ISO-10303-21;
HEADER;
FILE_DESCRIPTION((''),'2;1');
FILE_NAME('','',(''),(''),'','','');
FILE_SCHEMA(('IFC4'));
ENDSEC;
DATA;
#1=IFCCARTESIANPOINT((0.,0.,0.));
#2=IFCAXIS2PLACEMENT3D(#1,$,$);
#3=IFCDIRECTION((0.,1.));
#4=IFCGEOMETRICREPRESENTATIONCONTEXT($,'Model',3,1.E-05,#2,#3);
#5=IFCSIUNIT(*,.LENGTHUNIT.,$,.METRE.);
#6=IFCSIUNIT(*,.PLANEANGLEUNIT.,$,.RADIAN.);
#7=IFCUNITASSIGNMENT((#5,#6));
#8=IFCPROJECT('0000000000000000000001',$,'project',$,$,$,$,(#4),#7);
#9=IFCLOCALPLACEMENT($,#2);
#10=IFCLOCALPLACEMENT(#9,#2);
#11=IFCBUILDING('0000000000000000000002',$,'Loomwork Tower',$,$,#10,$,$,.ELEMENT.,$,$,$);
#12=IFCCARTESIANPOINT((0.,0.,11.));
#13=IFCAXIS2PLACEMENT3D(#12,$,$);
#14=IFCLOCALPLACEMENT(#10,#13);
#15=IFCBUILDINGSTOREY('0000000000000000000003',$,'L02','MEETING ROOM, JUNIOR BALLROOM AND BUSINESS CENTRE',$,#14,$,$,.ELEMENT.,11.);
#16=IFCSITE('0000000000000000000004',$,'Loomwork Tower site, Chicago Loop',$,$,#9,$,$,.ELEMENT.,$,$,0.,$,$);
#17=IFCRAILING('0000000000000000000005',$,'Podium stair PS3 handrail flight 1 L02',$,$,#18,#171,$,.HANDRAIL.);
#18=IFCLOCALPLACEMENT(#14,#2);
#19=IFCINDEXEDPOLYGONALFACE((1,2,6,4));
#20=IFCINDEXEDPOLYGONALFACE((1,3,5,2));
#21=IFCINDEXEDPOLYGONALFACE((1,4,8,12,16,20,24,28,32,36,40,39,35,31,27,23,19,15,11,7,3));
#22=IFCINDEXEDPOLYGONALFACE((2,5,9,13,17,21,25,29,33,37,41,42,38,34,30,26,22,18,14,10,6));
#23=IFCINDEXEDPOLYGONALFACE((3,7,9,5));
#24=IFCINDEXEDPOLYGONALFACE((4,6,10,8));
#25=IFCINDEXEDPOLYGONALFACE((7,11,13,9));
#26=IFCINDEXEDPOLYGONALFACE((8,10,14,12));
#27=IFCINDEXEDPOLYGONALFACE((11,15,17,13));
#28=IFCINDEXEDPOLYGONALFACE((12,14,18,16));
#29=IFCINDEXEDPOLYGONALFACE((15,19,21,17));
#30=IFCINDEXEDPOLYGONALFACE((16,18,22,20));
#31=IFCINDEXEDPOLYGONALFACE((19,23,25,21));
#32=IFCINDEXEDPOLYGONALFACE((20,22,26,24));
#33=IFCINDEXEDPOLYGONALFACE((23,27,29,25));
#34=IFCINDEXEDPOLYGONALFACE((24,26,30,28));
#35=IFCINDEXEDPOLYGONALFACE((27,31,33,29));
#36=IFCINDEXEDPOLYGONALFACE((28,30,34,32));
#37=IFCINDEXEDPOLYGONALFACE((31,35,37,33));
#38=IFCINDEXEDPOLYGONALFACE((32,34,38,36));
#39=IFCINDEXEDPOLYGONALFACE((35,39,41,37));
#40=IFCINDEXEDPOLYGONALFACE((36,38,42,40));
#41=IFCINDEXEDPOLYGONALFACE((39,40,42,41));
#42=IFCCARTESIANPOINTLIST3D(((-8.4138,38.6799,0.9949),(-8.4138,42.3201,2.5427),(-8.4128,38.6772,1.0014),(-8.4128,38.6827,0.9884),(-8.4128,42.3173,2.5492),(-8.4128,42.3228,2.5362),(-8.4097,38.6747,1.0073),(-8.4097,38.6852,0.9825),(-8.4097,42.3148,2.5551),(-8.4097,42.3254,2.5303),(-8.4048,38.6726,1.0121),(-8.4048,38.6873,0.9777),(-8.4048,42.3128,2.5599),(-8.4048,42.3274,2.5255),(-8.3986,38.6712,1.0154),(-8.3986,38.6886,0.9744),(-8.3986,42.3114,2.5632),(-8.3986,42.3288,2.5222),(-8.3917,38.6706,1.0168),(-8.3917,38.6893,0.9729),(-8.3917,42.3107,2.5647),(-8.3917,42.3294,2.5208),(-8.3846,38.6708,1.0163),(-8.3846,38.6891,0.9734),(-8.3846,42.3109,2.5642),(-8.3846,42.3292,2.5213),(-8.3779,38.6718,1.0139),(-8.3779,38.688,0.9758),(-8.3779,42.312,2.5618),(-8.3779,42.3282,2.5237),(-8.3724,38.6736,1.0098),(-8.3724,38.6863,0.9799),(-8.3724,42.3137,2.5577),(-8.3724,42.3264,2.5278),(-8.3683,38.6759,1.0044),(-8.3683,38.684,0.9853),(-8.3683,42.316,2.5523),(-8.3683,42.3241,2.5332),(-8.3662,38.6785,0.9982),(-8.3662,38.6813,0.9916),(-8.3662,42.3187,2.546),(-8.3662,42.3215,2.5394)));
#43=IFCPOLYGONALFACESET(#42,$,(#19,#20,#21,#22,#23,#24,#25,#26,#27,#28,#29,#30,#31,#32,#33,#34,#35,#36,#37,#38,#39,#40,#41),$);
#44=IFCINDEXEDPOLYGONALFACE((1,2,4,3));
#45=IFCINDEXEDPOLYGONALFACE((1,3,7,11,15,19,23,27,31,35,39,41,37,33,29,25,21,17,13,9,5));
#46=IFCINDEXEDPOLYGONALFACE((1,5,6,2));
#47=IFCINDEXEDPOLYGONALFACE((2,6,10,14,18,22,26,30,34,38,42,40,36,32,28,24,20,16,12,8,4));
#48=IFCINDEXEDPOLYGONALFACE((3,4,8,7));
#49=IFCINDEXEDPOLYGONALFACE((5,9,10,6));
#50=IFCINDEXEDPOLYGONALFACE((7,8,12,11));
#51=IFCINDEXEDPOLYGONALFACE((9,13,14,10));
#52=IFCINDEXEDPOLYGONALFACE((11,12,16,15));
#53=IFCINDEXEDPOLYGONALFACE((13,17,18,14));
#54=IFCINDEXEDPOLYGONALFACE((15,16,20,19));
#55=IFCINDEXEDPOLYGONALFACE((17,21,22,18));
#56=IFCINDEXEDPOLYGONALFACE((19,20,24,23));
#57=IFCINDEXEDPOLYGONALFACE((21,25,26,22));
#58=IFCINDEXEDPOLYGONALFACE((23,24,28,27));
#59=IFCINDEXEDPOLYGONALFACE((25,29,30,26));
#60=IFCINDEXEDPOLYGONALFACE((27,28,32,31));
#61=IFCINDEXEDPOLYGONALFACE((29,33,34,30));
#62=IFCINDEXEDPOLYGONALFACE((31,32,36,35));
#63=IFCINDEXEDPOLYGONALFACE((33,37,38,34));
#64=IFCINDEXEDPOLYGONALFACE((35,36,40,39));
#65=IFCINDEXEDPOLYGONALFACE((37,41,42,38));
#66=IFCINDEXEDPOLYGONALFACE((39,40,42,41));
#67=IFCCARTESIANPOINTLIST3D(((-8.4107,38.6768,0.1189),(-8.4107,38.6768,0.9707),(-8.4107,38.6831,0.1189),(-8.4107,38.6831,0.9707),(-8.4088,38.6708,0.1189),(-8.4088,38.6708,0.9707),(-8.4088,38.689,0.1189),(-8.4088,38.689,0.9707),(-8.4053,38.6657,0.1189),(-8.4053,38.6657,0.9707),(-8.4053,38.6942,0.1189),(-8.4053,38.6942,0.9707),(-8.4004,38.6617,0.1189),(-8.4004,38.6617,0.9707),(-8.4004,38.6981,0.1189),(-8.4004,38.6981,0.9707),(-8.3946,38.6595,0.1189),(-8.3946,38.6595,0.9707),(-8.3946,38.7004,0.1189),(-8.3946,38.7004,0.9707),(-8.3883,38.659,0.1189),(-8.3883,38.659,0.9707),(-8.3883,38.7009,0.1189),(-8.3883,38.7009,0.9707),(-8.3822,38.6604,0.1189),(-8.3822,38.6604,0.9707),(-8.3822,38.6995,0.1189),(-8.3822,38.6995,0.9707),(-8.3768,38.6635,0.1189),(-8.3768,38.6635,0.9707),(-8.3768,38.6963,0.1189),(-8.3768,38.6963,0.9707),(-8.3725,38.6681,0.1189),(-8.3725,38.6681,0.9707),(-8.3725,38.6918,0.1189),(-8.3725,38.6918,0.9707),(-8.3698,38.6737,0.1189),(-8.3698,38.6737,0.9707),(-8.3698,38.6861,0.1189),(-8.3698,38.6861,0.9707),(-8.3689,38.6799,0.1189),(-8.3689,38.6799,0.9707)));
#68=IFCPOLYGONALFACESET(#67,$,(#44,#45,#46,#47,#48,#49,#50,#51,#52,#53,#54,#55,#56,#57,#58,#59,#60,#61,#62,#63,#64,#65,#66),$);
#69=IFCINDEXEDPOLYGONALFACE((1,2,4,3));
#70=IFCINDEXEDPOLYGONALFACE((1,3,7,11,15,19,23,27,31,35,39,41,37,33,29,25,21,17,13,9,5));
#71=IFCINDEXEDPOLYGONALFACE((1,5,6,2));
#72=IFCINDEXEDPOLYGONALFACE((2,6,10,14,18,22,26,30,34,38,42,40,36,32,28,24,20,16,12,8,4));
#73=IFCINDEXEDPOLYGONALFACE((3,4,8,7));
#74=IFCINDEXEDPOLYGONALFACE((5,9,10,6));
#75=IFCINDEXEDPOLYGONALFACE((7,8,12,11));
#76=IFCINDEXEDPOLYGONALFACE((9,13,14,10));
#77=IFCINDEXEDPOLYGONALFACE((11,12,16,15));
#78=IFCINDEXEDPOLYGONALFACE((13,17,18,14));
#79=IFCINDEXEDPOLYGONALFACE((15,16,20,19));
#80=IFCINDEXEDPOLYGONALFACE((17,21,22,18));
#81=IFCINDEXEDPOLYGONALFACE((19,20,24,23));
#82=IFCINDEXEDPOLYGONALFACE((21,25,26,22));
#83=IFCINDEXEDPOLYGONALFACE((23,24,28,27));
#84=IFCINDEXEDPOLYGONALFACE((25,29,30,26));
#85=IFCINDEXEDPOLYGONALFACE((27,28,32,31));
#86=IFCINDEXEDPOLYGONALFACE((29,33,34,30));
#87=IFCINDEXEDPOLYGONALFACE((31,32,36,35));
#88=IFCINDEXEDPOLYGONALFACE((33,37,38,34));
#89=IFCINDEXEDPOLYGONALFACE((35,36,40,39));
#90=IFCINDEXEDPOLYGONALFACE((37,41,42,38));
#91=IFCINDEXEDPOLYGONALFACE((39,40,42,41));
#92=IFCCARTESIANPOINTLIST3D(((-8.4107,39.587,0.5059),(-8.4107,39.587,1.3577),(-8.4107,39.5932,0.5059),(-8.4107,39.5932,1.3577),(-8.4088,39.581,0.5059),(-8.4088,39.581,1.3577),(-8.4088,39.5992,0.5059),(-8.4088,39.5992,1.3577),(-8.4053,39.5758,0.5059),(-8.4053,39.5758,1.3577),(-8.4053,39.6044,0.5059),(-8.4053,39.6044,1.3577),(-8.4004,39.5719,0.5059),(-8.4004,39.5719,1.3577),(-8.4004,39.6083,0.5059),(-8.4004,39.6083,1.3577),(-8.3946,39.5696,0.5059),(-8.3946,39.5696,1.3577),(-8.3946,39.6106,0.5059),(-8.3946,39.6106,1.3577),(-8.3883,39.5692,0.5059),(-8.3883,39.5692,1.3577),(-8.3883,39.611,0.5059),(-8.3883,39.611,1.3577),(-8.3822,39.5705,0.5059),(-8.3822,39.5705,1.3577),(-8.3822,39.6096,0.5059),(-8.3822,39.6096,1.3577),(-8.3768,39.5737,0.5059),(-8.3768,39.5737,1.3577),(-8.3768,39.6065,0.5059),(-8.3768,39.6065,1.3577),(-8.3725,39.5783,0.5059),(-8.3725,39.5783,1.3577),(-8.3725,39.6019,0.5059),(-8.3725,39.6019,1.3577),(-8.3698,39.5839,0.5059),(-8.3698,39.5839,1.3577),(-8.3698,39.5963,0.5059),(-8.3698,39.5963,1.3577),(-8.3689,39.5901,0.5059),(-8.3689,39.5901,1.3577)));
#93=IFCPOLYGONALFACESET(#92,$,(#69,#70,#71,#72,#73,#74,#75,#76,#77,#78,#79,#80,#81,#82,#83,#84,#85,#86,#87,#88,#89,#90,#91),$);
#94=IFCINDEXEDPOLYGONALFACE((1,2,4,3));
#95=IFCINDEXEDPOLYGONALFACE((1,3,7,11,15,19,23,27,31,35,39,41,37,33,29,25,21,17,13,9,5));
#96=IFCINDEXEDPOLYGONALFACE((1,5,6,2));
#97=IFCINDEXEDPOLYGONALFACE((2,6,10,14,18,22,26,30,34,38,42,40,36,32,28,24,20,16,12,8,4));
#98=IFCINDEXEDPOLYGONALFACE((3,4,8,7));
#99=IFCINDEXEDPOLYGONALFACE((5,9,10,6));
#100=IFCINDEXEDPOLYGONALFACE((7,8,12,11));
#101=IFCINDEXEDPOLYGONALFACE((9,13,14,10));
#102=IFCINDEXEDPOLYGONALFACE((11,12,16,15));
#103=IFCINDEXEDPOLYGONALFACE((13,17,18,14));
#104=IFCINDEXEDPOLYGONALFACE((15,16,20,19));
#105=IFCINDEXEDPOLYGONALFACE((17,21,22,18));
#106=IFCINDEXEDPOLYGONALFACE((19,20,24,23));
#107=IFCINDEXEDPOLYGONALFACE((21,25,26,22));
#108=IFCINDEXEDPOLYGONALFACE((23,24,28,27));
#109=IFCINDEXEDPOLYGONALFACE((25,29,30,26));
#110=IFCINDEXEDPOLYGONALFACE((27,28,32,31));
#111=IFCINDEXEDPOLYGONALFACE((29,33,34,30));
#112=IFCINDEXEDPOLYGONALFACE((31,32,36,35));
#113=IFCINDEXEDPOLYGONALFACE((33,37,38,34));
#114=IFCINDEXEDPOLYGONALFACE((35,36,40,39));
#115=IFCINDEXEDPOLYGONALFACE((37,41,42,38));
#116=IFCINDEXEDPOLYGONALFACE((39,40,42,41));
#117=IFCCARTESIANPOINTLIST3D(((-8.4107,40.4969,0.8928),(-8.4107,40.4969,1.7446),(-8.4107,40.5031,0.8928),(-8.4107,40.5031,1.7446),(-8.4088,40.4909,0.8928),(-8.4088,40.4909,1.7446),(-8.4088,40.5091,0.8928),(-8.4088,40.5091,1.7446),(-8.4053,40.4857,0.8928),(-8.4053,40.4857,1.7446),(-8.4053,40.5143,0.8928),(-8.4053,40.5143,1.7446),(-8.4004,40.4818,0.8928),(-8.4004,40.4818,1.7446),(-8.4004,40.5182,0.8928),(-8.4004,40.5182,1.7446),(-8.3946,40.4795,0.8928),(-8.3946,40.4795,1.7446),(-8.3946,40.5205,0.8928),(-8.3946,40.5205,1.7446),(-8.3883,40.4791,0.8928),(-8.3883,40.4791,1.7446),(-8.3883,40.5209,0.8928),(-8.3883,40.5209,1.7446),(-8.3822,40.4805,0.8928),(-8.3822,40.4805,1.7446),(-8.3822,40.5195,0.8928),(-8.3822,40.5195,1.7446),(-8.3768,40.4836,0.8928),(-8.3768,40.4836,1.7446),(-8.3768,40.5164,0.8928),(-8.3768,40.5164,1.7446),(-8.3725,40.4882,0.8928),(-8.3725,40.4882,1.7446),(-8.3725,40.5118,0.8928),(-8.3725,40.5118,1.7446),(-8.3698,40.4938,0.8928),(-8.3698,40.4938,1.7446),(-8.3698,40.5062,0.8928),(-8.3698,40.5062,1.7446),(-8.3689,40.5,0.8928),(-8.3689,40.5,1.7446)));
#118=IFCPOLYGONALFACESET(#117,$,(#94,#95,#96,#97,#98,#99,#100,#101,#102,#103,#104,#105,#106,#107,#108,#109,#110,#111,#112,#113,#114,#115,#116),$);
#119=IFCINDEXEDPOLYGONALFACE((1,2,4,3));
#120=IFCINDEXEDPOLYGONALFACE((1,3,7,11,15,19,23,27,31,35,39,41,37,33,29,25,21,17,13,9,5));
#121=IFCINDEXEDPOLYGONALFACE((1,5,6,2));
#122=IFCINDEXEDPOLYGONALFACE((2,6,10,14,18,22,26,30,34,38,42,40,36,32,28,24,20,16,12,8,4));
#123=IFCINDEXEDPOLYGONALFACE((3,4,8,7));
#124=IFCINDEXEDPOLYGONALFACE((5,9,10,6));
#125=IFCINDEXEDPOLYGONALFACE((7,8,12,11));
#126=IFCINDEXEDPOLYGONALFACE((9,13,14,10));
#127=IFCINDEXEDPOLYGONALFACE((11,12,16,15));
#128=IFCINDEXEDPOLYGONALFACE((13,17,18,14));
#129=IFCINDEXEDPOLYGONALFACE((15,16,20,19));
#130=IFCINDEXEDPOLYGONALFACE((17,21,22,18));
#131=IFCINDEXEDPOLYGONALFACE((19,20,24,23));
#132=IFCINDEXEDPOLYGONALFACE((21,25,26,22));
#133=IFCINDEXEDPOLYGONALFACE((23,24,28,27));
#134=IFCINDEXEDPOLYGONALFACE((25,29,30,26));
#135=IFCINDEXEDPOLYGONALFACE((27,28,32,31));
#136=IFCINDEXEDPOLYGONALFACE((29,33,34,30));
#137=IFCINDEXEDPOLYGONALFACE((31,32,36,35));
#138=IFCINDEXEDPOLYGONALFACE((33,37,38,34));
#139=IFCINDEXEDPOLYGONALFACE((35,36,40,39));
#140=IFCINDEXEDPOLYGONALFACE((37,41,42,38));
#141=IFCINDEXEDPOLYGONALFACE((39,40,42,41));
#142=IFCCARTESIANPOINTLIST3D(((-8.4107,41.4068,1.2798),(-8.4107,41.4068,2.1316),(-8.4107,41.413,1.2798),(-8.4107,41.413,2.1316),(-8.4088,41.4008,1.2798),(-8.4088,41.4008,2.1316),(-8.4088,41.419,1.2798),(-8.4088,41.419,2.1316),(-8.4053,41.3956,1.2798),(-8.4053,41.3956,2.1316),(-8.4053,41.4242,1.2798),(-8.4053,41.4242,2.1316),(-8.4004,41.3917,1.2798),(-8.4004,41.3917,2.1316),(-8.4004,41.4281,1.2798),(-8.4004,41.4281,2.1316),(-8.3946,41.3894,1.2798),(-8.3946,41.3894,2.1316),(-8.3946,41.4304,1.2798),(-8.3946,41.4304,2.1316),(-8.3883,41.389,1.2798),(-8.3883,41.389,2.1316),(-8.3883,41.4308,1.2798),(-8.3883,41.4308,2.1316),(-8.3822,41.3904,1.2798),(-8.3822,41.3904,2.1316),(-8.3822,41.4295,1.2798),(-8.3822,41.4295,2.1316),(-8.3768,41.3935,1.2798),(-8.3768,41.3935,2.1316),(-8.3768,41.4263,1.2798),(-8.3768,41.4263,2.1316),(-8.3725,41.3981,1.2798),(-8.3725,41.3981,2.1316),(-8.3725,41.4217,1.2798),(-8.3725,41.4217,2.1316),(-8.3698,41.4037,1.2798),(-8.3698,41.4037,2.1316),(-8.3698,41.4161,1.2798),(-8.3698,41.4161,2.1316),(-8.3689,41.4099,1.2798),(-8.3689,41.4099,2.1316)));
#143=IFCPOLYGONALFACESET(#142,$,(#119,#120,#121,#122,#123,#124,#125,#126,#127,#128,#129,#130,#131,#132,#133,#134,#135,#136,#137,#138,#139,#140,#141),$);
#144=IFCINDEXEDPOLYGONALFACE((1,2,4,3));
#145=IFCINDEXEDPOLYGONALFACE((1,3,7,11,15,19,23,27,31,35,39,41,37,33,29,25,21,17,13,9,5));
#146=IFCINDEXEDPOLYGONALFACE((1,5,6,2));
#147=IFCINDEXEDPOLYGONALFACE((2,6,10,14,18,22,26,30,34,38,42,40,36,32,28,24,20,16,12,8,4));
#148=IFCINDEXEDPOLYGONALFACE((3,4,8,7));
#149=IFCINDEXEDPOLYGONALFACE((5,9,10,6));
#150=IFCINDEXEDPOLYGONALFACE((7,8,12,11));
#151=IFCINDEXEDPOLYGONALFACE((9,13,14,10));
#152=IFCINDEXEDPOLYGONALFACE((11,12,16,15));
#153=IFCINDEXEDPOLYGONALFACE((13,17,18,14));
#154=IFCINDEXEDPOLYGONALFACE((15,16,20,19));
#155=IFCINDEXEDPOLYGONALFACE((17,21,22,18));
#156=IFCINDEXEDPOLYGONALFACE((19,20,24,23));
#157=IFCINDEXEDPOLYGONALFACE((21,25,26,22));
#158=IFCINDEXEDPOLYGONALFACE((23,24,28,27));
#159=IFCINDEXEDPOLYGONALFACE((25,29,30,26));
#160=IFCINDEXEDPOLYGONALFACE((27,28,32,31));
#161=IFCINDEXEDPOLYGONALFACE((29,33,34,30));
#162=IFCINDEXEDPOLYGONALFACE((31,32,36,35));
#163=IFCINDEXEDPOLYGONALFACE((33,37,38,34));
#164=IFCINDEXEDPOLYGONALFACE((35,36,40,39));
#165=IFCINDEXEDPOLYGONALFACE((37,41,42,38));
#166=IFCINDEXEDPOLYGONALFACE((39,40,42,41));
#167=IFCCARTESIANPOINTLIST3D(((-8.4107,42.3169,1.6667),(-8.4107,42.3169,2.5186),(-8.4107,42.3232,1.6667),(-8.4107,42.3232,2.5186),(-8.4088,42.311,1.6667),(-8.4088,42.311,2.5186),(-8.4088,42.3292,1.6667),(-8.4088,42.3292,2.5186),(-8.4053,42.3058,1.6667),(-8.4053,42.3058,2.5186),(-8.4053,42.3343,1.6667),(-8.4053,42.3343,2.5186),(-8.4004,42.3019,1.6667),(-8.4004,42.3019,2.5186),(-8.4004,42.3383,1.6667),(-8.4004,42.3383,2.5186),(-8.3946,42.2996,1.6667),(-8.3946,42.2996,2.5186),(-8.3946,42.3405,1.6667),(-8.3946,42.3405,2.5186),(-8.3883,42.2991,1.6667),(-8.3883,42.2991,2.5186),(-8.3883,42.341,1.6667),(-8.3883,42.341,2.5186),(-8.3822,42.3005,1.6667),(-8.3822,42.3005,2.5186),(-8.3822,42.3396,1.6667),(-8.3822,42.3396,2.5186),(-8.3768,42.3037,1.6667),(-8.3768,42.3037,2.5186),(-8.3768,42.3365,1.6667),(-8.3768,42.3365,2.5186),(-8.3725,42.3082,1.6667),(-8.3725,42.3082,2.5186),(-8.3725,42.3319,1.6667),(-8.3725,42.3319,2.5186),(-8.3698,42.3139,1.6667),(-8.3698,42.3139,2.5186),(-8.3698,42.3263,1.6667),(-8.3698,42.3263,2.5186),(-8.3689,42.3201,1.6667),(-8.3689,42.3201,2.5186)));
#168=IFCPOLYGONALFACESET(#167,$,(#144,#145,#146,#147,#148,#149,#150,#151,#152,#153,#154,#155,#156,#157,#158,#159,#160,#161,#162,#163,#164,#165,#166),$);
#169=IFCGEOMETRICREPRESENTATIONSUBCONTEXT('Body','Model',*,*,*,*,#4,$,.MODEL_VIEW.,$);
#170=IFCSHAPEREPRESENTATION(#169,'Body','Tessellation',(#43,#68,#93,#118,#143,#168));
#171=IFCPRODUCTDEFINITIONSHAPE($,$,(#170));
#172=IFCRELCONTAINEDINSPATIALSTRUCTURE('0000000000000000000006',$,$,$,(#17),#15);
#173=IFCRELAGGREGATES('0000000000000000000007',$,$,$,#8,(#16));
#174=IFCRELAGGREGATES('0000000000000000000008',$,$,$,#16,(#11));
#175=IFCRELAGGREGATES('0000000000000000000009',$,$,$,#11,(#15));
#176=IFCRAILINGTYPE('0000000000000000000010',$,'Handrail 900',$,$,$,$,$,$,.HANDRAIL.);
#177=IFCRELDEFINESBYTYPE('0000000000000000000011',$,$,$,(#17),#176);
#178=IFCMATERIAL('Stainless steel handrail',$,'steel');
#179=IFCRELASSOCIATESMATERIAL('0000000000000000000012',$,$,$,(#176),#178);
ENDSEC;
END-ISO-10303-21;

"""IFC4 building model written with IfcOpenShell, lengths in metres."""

from ifc_helpers import new_model, si_unit, direction, frame, origin, origin_2d, place, context, subcontext, project, spatial, circle, extrude, material, type_object, element, save


model = new_model("IFC4")

# Units and contexts
model_context = context("Model", 3, precision=1e-05, world=origin(), true_north=direction((0.0, 1.0)))
body_context = subcontext(model_context, "Body", "Model", "MODEL_VIEW")
ifc_project = project(units=[si_unit("LENGTHUNIT", "METRE"), si_unit("PLANEANGLEUNIT", "RADIAN")], contexts=[model_context])

# Site, building, storey
site_placement = place(None, origin())
site = spatial("IfcSite", under=ifc_project, at=site_placement, Name="Loomwork Tower site, Chicago Loop", CompositionType="ELEMENT", RefElevation=0.0)
building_placement = place(site_placement, origin())
building = spatial("IfcBuilding", under=site, at=building_placement, Name="Loomwork Tower", CompositionType="ELEMENT")
storey_placement = place(building_placement, frame((0.0, 0.0, 11.0)))
storey = spatial("IfcBuildingStorey", under=building, at=storey_placement, Name="L02", Description="MEETING ROOM, JUNIOR BALLROOM AND BUSINESS CENTRE", CompositionType="ELEMENT", Elevation=11.0)

# Railing
ifc_material_1 = material(Name="Stainless steel handrail", Category="steel")
railing_type = type_object("IfcRailingType", Name="Handrail 900", PredefinedType="HANDRAIL", material=ifc_material_1)
railing_1_placement = place(storey_placement, frame((-8.3899, 38.6799, 0.1189)))
element("IfcRailing", 1, at=railing_1_placement, inside=storey, type_object=railing_type, Name="Podium stair PS3 handrail flight 1 L02", PredefinedType="HANDRAIL", context=body_context, shape_type="SweptSolid", body=[
    extrude(circle(Radius=0.0239, at=origin_2d()), frame((0.0, 0.0, 0.876), z_axis=(0.0, 0.920259, 0.391311), x_axis=(-1.0, 0.0, 0.0)), (0.0, 0.0, 1.0), 3.9556),
    extrude(circle(Radius=0.021, at=origin_2d()), origin(), (0.0, 0.0, 1.0), 0.8518),
    extrude(circle(Radius=0.021, at=origin_2d()), frame((0.0, 0.9102, 0.387)), (0.0, 0.0, 1.0), 0.8518),
    extrude(circle(Radius=0.021, at=origin_2d()), frame((0.0, 1.8201, 0.7739)), (0.0, 0.0, 1.0), 0.8518),
    extrude(circle(Radius=0.021, at=origin_2d()), frame((0.0, 2.73, 1.1609)), (0.0, 0.0, 1.0), 0.8518),
    extrude(circle(Radius=0.021, at=origin_2d()), frame((0.0, 3.6401, 1.5479)), (0.0, 0.0, 1.0), 0.8518),
])

save(model, "model.ifc")
